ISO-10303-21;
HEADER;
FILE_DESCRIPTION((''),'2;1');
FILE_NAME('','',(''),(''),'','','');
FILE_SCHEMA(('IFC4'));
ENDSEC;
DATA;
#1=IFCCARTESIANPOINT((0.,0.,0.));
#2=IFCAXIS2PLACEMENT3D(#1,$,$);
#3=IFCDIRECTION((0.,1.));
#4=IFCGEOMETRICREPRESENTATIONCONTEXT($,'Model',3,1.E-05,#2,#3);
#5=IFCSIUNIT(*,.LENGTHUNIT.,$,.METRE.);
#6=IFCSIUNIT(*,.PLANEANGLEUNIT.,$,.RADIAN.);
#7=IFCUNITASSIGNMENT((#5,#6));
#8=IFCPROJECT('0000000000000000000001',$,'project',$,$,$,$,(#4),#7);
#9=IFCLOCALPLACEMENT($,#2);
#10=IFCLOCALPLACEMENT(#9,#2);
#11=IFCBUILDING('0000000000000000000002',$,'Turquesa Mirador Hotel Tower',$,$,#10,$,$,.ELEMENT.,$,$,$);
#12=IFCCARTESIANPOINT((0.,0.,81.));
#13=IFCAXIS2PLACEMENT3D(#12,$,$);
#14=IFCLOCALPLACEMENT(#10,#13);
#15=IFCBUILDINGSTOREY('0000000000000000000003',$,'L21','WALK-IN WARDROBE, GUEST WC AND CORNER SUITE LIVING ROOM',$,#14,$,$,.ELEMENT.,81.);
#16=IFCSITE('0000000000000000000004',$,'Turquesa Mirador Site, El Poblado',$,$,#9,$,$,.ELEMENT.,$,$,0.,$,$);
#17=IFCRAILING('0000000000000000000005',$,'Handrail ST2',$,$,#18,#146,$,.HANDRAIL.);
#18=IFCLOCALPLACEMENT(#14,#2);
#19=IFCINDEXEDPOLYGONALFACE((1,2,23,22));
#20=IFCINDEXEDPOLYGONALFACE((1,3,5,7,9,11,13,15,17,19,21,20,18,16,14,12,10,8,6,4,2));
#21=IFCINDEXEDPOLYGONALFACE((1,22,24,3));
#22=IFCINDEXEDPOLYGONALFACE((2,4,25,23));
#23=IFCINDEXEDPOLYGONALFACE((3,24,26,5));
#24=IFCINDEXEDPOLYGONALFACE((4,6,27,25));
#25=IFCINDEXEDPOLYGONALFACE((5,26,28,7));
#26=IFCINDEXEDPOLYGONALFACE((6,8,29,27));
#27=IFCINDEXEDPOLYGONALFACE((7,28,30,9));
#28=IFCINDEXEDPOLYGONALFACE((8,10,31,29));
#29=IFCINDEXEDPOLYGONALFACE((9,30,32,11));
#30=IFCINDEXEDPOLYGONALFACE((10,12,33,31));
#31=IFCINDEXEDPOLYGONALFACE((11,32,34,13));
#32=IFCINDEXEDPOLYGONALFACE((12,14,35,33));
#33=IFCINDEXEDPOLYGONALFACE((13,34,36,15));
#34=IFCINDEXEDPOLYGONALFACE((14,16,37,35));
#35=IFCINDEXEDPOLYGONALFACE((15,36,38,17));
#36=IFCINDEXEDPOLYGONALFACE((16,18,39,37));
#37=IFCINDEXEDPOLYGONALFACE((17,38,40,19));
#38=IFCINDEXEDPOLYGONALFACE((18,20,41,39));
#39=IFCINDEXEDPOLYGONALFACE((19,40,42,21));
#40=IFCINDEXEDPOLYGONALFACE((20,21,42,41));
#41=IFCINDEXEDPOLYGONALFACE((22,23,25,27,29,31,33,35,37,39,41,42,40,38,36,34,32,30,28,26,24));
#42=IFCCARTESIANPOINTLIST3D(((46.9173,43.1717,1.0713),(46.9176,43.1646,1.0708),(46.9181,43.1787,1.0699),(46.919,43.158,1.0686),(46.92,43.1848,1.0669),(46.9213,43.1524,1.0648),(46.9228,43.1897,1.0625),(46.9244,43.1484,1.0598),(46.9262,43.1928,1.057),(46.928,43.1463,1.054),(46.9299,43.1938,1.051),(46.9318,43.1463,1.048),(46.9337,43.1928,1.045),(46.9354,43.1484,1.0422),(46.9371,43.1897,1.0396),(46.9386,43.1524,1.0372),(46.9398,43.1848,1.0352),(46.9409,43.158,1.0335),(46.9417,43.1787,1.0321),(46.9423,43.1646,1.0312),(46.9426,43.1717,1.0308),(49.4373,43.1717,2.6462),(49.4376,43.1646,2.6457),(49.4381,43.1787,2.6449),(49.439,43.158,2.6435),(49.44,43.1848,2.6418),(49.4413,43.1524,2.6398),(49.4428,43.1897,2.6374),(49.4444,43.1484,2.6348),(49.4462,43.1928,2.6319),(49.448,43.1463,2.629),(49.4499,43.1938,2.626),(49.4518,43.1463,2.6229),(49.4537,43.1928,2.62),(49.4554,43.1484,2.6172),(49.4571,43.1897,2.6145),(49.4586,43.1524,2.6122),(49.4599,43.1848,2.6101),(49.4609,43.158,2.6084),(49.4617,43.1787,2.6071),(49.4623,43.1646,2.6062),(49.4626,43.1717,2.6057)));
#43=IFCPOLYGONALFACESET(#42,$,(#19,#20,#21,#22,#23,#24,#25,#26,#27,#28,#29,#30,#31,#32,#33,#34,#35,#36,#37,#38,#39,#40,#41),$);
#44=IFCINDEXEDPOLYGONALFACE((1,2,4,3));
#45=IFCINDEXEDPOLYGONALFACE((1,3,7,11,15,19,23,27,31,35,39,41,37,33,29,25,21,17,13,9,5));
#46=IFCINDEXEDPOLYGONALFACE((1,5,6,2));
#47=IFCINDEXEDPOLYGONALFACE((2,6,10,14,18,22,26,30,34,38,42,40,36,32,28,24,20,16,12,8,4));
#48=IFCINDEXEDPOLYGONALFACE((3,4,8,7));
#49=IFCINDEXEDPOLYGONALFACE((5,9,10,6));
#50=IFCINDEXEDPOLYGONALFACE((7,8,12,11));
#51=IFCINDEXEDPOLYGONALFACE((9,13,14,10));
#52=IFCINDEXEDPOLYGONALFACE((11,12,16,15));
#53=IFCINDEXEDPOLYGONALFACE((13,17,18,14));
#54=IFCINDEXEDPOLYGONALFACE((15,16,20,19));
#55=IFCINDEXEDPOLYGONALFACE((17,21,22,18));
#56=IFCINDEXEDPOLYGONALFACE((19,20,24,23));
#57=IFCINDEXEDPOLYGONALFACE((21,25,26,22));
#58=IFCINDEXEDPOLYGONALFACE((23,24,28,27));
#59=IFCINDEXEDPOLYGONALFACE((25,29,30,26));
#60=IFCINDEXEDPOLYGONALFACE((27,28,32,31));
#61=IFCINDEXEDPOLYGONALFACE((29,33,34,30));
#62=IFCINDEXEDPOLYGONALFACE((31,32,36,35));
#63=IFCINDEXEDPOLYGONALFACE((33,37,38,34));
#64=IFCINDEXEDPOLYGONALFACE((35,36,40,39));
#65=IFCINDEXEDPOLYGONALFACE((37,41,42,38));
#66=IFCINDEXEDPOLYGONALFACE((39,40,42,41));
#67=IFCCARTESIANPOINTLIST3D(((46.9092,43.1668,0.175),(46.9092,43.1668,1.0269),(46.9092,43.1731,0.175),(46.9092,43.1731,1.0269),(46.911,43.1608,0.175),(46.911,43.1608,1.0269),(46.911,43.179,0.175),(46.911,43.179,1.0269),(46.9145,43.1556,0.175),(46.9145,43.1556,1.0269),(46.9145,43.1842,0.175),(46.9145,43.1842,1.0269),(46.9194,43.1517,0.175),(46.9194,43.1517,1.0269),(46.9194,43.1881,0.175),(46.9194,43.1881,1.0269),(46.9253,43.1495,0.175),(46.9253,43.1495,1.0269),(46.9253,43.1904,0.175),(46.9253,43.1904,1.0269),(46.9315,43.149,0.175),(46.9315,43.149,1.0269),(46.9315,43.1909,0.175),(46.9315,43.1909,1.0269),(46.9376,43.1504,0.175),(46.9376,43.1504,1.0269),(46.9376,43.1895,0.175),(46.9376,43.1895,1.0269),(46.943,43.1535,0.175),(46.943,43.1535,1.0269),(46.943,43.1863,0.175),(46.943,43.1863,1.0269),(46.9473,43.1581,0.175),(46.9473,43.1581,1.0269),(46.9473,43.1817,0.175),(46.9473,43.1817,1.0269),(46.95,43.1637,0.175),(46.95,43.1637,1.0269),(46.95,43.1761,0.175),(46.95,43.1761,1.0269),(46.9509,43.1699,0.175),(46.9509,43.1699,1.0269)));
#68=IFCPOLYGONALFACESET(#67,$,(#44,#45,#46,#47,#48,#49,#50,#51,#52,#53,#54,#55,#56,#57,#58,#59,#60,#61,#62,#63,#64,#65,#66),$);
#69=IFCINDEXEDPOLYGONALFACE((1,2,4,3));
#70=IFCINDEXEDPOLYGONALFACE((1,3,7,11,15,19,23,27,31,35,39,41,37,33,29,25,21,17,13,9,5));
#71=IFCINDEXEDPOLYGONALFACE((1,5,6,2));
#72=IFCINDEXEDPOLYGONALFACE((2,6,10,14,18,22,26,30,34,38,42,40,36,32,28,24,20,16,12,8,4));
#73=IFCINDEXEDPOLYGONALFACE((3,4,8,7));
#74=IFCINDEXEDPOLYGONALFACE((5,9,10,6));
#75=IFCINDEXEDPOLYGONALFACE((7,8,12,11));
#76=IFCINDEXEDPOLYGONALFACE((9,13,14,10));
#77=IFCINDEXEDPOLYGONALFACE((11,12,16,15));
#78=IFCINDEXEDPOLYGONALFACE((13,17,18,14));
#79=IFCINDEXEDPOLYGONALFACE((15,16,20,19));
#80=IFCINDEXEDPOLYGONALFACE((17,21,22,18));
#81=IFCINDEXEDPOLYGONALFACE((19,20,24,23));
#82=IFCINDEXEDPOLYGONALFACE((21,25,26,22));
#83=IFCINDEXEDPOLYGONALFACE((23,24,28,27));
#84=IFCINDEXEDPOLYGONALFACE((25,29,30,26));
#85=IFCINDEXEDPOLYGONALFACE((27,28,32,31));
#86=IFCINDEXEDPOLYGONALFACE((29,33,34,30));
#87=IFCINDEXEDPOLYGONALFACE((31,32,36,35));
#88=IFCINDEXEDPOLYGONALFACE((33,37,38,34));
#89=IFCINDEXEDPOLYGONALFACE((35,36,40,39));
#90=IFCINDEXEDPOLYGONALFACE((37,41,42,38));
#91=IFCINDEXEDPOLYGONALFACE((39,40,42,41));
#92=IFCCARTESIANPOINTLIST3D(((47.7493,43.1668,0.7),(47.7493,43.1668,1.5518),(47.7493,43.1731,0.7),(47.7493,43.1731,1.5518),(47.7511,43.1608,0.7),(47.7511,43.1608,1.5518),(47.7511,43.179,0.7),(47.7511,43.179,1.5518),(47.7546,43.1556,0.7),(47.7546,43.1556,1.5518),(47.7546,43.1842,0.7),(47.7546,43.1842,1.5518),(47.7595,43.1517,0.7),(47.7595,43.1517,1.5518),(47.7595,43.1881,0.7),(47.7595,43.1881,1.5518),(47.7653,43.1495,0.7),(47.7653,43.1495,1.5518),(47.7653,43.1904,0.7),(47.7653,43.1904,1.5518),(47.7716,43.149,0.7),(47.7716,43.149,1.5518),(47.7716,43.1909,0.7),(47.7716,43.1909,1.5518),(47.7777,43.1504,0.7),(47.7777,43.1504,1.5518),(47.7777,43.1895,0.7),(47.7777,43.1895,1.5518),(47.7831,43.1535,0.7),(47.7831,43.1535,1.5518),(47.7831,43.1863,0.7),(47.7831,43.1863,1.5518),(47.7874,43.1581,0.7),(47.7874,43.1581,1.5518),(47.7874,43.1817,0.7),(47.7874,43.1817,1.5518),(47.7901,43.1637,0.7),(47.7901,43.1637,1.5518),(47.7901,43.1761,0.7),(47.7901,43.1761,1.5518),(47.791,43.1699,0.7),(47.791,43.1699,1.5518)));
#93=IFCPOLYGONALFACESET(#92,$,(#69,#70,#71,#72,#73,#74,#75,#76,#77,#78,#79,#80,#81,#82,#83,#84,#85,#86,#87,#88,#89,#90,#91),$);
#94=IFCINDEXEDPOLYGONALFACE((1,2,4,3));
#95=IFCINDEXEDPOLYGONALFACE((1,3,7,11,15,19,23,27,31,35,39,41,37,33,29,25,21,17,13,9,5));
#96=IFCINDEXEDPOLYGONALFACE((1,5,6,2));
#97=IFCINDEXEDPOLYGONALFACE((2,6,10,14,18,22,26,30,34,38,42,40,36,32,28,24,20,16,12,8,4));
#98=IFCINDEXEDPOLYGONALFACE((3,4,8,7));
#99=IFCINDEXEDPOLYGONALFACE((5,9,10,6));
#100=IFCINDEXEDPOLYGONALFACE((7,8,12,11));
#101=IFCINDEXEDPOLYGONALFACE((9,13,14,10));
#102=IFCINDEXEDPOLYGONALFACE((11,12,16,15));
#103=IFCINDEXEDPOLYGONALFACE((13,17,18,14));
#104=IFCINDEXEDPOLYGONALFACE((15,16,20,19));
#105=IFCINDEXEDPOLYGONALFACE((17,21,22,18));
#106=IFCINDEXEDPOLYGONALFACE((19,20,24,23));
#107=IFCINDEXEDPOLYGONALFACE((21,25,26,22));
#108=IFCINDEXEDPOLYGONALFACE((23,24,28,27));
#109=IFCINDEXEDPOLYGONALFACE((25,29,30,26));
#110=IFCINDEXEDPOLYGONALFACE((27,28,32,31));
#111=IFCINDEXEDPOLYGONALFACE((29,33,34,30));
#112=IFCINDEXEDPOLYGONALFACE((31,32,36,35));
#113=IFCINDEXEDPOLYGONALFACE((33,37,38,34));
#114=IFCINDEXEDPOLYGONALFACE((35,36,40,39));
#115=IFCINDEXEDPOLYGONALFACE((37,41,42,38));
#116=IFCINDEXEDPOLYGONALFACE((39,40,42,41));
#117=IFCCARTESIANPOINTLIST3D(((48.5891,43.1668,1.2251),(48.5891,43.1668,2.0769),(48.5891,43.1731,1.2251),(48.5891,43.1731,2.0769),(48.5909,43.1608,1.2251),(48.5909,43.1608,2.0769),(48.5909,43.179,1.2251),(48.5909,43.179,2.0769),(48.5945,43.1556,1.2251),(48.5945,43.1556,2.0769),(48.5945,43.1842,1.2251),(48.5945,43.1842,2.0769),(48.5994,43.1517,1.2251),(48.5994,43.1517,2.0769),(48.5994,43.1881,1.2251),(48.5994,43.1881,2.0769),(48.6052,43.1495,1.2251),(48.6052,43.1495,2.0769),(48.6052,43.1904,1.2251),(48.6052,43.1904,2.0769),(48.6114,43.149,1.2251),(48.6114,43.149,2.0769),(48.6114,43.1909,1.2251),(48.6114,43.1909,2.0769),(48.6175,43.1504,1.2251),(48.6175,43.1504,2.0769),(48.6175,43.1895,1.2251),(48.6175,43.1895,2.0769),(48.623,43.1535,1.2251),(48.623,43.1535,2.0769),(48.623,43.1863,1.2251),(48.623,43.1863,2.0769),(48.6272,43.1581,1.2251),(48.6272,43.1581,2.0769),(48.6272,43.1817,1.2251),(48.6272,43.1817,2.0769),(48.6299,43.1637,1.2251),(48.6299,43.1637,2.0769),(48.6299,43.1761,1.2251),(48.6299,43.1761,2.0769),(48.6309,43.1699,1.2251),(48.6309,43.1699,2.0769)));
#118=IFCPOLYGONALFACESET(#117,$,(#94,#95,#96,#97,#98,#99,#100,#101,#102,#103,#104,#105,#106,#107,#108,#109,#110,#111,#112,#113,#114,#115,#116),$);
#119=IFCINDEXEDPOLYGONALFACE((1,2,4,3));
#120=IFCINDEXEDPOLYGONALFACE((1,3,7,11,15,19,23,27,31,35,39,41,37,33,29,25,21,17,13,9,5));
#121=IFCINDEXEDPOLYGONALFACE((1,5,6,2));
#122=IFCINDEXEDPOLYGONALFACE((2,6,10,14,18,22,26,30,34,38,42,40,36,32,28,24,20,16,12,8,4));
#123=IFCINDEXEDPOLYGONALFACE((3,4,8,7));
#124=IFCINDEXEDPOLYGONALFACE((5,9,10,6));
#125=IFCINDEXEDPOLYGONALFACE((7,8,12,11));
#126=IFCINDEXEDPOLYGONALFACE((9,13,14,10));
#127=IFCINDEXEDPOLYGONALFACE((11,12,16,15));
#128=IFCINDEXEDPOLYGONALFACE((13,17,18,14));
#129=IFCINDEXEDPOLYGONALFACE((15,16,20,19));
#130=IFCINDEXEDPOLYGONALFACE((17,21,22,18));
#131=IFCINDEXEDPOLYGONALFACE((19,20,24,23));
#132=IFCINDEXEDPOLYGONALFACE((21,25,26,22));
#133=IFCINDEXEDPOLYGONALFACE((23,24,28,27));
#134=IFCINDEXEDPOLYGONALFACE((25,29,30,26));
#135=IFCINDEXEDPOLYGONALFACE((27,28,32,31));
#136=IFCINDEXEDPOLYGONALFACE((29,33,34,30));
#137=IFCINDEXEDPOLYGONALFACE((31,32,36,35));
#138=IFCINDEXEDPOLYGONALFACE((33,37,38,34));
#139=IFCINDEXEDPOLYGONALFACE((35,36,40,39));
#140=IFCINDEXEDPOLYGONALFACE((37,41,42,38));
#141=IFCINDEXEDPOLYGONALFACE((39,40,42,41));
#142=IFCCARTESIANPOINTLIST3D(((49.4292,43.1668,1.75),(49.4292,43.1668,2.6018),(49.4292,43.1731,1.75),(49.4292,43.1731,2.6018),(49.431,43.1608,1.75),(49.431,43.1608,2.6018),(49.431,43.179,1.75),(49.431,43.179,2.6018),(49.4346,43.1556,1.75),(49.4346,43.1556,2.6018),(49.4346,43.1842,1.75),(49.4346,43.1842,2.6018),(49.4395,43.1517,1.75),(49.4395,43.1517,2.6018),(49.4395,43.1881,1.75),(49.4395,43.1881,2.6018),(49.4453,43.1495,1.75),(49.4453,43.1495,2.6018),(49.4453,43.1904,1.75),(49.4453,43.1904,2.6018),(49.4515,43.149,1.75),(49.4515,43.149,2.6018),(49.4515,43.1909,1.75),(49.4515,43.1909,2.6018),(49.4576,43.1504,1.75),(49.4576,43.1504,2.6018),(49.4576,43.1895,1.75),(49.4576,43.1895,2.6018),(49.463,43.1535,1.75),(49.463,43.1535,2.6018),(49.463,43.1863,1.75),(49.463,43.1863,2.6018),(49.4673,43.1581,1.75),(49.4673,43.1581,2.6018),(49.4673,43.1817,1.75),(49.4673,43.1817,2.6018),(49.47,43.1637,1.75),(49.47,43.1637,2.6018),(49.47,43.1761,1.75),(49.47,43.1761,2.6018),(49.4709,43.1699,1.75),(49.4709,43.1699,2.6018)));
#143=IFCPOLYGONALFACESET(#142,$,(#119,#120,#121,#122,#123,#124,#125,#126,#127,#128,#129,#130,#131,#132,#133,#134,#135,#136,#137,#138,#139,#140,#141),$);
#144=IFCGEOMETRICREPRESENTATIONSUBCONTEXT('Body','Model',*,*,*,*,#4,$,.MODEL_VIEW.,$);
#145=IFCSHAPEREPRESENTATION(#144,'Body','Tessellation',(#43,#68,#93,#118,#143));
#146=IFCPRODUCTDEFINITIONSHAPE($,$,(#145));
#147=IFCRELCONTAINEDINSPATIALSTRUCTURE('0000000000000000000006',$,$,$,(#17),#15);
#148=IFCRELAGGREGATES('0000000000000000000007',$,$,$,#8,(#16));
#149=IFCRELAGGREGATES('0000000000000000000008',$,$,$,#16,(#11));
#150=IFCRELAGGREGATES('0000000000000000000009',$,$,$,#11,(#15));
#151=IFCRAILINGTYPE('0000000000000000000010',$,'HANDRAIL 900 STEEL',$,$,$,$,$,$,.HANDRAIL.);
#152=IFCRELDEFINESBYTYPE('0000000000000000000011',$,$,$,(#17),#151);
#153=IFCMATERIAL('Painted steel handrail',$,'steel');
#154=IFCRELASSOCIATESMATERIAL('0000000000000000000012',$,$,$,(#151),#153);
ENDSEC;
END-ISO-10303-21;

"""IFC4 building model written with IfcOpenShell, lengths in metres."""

from ifc_helpers import new_model, si_unit, direction, frame, origin, origin_2d, place, context, subcontext, project, spatial, circle, extrude, material, type_object, element, save


model = new_model("IFC4")

# Units and contexts
model_context = context("Model", 3, precision=1e-05, world=origin(), true_north=direction((0.0, 1.0)))
body_context = subcontext(model_context, "Body", "Model", "MODEL_VIEW")
ifc_project = project(units=[si_unit("LENGTHUNIT", "METRE"), si_unit("PLANEANGLEUNIT", "RADIAN")], contexts=[model_context])

# Site, building, storey
site_placement = place(None, origin())
site = spatial("IfcSite", under=ifc_project, at=site_placement, Name="Turquesa Mirador Site, El Poblado", CompositionType="ELEMENT", RefElevation=0.0)
building_placement = place(site_placement, origin())
building = spatial("IfcBuilding", under=site, at=building_placement, Name="Turquesa Mirador Hotel Tower", CompositionType="ELEMENT")
storey_placement = place(building_placement, frame((0.0, 0.0, 81.0)))
storey = spatial("IfcBuildingStorey", under=building, at=storey_placement, Name="L21", Description="WALK-IN WARDROBE, GUEST WC AND CORNER SUITE LIVING ROOM", CompositionType="ELEMENT", Elevation=81.0)

# Railing
ifc_material_1 = material(Name="Painted steel handrail", Category="steel")
railing_type = type_object("IfcRailingType", Name="HANDRAIL 900 STEEL", PredefinedType="HANDRAIL", material=ifc_material_1)
railing_placement = place(storey_placement, frame((46.9299, 43.1699, 0.175)))
element("IfcRailing", 1, at=railing_placement, inside=storey, type_object=railing_type, Name="Handrail ST2", PredefinedType="HANDRAIL", context=body_context, shape_type="SweptSolid", body=[
    extrude(circle(Radius=0.0239, at=origin_2d()), frame((0.0, 0.0, 0.876), z_axis=(0.848008, 0.0, 0.529984), x_axis=(0.0, 1.0, 0.0)), (0.0, 0.0, 1.0), 2.9717),
    extrude(circle(Radius=0.021, at=origin_2d()), origin(), (0.0, 0.0, 1.0), 0.8518),
    extrude(circle(Radius=0.021, at=origin_2d()), frame((0.8401, 0.0, 0.5249)), (0.0, 0.0, 1.0), 0.8518),
    extrude(circle(Radius=0.021, at=origin_2d()), frame((1.6799, 0.0, 1.05)), (0.0, 0.0, 1.0), 0.8518),
    extrude(circle(Radius=0.021, at=origin_2d()), frame((2.52, 0.0, 1.575)), (0.0, 0.0, 1.0), 0.8518),
])

save(model, "model.ifc")
